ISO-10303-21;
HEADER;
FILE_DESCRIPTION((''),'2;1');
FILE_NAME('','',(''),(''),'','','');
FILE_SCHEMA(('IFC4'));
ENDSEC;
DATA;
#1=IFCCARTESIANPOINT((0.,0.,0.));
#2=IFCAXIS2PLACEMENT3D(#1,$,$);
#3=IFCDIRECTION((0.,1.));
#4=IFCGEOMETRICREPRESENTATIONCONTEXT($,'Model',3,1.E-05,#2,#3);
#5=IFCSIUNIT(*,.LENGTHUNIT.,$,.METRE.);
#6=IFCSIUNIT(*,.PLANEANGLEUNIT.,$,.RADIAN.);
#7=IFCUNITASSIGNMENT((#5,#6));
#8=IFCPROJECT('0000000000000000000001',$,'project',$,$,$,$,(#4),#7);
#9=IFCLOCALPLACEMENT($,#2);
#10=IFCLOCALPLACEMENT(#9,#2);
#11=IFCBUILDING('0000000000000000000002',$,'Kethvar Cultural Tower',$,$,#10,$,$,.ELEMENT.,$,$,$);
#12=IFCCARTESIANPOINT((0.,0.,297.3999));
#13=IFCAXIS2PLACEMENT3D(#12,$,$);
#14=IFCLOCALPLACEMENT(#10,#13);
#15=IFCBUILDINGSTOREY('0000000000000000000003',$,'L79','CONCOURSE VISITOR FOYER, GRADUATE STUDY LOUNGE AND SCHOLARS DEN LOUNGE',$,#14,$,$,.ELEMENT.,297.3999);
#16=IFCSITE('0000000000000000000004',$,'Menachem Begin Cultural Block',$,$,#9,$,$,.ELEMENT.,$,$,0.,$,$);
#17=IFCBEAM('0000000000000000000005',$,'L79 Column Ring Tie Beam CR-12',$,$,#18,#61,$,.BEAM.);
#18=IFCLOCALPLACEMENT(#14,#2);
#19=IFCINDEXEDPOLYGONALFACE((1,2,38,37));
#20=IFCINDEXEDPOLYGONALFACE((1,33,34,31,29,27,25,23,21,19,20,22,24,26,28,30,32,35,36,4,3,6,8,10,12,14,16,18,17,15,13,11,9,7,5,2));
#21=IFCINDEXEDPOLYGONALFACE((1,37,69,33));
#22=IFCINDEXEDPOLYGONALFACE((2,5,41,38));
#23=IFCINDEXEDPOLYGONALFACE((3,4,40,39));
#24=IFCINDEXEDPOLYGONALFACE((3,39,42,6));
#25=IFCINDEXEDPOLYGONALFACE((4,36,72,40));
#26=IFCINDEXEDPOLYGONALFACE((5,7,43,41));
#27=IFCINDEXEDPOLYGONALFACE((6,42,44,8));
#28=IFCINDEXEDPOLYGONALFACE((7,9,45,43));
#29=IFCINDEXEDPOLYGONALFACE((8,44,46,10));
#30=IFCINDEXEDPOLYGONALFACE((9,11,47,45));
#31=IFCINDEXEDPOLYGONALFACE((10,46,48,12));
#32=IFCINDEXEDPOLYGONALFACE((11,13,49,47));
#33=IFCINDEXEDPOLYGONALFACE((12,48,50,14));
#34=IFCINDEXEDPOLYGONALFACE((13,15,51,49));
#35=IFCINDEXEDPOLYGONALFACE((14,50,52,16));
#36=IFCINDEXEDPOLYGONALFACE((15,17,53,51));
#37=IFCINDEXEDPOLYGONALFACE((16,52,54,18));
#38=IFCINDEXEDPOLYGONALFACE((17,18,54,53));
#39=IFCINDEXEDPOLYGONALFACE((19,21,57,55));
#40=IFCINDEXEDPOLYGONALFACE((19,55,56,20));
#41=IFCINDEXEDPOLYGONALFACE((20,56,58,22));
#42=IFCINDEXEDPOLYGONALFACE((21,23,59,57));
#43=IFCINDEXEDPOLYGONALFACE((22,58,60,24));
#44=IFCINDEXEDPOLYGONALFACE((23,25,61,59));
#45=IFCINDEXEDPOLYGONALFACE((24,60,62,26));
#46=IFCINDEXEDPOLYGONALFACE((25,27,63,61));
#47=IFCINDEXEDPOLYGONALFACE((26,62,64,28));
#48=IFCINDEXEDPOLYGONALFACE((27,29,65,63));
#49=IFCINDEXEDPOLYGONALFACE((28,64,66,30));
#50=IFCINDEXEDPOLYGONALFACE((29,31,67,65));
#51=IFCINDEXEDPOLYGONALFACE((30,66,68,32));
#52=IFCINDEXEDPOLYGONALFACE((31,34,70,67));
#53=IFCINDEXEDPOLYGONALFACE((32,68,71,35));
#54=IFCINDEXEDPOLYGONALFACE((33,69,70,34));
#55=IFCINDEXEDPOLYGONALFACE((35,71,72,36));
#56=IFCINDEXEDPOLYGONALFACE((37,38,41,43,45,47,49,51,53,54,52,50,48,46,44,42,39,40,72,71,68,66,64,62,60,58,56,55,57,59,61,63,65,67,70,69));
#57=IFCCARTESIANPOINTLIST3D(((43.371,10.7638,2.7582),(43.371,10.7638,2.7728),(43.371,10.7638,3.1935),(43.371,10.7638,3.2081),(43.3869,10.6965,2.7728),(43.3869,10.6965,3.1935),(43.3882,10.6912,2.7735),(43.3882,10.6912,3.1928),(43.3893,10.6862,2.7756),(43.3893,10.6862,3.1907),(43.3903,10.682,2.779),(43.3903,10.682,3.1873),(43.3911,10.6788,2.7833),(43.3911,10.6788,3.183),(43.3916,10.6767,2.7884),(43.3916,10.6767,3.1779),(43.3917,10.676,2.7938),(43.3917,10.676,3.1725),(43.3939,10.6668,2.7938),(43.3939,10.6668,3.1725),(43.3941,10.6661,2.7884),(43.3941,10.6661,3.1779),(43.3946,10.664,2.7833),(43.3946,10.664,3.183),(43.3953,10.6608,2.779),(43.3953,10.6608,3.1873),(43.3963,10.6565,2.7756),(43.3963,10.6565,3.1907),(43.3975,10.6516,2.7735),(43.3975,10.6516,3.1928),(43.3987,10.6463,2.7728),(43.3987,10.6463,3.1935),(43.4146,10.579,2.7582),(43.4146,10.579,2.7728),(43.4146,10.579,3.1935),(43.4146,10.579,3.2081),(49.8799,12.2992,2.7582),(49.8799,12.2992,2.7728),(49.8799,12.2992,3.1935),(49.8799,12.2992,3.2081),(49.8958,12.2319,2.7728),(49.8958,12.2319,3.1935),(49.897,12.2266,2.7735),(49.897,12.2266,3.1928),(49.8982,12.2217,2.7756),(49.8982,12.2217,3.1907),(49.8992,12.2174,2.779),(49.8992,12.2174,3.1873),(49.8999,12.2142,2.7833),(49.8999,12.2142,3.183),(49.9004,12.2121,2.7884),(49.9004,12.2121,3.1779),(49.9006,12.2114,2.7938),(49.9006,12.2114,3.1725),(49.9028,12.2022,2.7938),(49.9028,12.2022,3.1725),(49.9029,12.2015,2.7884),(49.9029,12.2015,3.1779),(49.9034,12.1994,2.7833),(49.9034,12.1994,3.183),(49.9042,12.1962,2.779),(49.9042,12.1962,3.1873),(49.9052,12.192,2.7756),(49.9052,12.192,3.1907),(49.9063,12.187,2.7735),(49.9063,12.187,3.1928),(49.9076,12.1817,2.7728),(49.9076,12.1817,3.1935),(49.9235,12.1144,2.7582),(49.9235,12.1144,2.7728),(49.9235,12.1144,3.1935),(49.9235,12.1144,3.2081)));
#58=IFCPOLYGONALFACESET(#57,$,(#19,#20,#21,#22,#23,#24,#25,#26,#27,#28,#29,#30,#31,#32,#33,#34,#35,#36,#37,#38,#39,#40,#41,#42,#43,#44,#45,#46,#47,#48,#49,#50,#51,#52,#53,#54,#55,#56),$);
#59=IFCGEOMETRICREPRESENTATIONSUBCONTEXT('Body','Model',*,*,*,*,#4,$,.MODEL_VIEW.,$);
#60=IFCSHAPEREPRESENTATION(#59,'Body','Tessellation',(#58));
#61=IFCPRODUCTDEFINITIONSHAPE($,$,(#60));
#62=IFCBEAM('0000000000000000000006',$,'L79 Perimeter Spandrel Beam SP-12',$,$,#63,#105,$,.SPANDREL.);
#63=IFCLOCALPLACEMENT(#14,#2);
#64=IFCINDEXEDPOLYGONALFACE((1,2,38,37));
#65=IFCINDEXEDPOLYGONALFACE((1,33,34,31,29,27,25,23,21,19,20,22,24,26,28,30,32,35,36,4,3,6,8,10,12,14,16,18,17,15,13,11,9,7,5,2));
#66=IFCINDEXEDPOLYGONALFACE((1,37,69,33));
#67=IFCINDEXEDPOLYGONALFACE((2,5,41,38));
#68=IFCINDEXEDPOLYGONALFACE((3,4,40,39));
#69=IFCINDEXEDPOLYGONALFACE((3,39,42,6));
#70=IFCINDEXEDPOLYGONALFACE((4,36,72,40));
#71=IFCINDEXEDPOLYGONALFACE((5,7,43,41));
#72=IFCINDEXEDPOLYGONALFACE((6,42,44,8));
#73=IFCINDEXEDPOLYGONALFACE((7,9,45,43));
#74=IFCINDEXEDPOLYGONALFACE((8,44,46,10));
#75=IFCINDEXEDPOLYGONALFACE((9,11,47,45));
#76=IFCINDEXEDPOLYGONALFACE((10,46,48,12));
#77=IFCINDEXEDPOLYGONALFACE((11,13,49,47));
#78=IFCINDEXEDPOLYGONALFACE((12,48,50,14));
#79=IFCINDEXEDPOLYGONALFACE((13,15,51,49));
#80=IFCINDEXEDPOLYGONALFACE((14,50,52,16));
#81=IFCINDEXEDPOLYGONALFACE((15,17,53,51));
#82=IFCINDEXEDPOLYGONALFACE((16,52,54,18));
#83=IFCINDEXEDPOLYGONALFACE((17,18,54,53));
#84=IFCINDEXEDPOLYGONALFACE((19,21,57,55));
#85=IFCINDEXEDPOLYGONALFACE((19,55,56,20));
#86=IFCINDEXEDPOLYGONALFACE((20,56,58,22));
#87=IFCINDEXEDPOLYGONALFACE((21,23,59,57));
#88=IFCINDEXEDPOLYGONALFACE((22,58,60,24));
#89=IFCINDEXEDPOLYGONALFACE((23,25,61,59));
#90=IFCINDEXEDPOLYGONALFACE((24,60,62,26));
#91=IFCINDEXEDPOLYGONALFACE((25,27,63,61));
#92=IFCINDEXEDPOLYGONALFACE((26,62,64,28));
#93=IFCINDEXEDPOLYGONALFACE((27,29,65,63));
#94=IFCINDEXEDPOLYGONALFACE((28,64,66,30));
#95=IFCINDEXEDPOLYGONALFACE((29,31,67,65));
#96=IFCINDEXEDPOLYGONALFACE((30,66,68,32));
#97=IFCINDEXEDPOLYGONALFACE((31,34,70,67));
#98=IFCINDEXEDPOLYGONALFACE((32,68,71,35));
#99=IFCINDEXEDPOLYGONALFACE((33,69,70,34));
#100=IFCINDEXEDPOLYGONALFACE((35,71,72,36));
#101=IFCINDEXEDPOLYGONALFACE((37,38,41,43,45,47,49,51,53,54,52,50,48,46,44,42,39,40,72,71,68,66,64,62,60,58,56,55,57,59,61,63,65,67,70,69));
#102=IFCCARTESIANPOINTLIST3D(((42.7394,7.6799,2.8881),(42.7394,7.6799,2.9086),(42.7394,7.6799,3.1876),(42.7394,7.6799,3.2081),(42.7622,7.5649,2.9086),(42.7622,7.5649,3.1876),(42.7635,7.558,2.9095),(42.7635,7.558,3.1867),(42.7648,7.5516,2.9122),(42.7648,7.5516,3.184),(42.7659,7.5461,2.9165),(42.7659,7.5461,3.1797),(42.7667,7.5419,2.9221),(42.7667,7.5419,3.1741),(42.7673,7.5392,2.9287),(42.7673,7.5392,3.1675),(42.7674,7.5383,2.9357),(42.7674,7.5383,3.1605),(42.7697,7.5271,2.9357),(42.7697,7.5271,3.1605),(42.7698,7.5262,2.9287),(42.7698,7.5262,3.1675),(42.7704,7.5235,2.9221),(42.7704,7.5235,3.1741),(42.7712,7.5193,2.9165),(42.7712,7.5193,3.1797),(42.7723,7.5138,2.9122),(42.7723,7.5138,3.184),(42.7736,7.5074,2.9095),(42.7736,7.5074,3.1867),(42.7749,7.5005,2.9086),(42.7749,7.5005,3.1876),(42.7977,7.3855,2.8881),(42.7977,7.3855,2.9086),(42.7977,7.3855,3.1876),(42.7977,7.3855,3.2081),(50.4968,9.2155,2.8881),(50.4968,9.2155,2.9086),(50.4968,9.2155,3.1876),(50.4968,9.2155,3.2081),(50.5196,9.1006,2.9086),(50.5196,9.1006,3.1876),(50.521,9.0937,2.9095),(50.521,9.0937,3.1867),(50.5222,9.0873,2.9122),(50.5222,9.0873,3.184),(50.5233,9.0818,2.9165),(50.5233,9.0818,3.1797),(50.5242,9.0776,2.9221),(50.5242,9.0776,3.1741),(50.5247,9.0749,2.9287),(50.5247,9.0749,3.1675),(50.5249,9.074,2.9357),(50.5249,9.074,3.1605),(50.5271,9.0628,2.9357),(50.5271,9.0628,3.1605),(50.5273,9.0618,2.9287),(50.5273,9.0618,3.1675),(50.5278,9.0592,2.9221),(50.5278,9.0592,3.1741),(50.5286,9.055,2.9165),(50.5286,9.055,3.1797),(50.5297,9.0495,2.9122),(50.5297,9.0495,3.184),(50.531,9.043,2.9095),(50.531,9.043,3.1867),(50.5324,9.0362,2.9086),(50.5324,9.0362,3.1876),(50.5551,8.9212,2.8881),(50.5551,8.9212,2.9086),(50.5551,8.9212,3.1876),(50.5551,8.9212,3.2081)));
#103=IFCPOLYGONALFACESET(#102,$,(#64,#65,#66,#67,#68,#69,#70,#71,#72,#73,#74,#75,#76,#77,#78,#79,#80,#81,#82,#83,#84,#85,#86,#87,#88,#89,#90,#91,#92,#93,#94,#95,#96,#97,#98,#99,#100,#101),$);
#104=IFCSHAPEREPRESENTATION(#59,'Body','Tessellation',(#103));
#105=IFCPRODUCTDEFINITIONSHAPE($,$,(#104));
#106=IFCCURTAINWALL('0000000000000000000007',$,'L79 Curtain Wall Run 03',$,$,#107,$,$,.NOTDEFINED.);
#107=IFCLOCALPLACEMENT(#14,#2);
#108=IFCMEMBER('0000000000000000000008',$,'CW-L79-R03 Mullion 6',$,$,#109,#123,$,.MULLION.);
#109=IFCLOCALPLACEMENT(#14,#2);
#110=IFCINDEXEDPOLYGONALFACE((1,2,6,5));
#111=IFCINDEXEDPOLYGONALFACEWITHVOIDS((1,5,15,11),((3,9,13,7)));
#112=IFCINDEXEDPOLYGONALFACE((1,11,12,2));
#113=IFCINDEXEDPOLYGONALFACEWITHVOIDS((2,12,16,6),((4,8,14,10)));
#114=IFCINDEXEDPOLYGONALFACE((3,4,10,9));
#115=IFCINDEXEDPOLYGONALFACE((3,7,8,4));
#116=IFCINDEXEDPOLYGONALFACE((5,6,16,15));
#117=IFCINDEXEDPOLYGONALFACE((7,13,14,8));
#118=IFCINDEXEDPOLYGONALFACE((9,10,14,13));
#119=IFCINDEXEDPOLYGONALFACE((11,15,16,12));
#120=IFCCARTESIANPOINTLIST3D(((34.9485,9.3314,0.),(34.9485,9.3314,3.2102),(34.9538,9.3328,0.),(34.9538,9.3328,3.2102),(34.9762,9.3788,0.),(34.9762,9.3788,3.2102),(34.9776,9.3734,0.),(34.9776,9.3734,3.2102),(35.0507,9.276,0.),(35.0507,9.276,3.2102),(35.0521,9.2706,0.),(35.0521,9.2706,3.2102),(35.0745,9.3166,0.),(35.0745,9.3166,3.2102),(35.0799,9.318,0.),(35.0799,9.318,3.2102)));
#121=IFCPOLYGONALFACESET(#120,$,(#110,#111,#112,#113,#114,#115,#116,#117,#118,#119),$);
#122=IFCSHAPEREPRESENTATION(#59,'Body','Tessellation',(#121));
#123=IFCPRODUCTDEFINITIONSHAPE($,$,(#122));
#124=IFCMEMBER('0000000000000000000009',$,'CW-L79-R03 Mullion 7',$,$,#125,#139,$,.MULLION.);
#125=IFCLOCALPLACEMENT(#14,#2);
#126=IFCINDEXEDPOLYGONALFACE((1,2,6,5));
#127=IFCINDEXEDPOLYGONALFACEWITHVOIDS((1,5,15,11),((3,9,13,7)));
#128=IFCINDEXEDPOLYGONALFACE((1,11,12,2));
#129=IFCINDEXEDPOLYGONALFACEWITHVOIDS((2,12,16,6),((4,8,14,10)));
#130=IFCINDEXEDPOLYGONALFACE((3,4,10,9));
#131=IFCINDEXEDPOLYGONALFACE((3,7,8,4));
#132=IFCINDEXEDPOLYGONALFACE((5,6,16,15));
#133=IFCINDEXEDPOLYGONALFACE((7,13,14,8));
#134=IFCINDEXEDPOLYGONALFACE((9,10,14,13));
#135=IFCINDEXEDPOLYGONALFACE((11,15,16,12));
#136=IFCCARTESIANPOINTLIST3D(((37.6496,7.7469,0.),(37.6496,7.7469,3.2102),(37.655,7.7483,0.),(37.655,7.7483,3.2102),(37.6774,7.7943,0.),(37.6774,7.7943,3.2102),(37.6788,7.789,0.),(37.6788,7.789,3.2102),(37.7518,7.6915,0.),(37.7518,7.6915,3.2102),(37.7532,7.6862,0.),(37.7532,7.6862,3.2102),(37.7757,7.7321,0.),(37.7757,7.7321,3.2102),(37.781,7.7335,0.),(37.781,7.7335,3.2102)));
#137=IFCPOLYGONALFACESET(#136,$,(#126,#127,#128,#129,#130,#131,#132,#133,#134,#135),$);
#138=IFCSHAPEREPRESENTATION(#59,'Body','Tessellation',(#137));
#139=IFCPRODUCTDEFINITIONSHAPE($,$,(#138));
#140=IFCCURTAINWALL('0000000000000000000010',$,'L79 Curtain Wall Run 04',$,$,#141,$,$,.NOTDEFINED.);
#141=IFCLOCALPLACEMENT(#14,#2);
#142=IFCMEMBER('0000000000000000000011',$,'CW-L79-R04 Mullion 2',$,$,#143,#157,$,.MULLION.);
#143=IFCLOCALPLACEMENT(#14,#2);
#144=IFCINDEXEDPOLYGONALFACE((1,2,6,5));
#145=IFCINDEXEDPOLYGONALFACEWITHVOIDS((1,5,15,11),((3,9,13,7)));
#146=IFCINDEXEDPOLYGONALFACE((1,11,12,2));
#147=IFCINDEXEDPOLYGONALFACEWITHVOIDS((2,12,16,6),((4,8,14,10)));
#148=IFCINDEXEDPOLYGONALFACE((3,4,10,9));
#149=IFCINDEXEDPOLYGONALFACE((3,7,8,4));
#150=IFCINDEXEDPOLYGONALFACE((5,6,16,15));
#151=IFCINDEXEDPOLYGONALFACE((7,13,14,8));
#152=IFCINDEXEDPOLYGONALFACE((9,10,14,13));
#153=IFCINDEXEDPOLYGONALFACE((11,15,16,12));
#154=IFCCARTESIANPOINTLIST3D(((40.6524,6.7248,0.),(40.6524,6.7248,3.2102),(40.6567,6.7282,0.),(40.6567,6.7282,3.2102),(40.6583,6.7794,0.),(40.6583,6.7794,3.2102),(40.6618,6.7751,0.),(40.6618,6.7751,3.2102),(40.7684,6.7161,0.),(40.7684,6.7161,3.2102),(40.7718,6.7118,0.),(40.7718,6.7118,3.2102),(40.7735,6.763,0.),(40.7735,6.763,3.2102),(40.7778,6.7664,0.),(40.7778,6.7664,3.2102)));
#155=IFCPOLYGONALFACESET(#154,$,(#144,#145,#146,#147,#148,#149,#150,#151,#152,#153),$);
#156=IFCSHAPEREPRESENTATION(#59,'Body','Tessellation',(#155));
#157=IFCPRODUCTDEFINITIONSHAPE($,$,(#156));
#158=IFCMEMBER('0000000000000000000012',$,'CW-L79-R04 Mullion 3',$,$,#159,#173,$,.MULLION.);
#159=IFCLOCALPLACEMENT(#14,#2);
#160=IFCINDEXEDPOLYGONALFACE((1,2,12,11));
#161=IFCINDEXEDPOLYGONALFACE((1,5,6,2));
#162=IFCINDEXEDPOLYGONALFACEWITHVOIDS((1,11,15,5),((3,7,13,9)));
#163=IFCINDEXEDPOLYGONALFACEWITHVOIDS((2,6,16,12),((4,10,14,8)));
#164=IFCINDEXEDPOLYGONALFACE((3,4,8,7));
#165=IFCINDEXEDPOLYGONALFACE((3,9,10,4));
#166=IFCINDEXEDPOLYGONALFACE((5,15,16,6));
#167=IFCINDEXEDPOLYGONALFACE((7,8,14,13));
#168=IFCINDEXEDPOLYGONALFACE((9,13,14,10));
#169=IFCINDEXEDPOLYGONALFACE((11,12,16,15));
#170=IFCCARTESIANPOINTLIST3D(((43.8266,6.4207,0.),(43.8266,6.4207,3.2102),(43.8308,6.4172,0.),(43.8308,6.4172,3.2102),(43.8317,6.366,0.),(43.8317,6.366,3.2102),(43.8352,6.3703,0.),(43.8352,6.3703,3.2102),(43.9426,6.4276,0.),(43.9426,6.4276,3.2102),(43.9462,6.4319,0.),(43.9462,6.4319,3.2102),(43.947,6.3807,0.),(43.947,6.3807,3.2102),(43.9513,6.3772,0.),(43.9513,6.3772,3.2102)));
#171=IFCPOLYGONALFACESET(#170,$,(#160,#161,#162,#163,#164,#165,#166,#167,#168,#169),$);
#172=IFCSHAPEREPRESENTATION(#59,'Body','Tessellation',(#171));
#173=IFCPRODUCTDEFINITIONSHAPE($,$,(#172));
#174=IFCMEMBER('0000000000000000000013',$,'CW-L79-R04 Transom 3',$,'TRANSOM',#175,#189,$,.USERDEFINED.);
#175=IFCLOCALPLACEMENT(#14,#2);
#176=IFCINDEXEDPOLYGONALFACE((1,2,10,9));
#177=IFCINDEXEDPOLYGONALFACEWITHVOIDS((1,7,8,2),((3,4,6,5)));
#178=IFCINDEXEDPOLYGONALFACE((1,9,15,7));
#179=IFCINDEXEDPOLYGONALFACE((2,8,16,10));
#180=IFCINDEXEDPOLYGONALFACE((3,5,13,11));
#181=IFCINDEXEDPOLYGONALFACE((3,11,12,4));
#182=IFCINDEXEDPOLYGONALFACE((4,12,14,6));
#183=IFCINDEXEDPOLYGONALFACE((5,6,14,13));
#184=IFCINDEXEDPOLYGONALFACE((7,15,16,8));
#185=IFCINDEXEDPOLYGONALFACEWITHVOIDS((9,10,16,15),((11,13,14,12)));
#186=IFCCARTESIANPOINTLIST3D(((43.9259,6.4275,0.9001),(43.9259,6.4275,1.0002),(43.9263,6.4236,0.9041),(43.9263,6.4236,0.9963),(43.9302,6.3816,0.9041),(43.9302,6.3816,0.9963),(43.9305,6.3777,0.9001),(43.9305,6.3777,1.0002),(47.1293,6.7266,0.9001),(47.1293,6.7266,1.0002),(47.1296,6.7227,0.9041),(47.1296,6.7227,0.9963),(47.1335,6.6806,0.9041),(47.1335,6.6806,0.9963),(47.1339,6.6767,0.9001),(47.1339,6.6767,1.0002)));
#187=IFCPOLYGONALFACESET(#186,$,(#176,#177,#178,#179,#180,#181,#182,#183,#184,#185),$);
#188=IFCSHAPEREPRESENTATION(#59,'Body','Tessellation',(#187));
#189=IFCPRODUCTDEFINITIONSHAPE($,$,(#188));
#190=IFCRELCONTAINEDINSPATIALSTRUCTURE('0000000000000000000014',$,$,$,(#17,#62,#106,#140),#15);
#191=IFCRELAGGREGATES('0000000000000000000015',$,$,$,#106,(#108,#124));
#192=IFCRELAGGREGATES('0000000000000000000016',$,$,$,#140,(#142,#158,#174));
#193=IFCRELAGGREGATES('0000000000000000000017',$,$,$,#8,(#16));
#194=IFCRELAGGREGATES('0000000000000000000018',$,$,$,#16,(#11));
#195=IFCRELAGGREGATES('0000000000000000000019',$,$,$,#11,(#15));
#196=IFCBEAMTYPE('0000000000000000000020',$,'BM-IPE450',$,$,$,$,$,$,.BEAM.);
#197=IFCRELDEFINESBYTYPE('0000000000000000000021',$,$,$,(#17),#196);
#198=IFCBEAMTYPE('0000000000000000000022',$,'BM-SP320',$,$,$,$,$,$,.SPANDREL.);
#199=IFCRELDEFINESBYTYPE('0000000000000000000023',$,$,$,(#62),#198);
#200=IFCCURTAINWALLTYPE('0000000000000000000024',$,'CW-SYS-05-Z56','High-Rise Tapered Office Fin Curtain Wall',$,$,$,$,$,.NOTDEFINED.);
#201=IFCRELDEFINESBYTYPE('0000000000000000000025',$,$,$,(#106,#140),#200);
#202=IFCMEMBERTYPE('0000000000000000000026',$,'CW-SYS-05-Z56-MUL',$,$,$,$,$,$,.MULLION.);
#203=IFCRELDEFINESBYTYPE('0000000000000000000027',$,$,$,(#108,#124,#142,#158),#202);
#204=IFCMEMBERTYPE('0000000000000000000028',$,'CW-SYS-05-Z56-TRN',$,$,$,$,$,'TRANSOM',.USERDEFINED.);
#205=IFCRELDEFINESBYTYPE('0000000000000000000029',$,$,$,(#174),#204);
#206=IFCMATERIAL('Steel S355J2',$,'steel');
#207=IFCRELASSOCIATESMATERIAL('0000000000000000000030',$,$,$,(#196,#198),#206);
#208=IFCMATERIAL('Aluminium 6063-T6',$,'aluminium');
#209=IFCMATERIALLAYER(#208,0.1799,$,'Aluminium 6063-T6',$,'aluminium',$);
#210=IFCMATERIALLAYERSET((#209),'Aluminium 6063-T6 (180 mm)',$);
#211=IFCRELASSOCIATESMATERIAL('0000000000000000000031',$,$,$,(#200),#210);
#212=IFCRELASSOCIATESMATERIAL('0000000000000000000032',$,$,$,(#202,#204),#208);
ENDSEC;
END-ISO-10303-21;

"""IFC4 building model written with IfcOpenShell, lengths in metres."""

from ifc_helpers import new_model, si_unit, direction, frame, origin, origin_2d, place, context, subcontext, project, spatial, hollow_rectangle, i_section, extrude, source, transform, mapped, material, layer, layer_set, material_profile, profile_set, type_object, element, aggregate, save


model = new_model("IFC4")

# Units and contexts
model_context = context("Model", 3, precision=1e-05, world=origin(), true_north=direction((0.0, 1.0)))
body_context = subcontext(model_context, "Body", "Model", "MODEL_VIEW")
ifc_project = project(units=[si_unit("LENGTHUNIT", "METRE"), si_unit("PLANEANGLEUNIT", "RADIAN")], contexts=[model_context])

# Site, building, storey
site_placement = place(None, origin())
site = spatial("IfcSite", under=ifc_project, at=site_placement, Name="Menachem Begin Cultural Block", CompositionType="ELEMENT", RefElevation=0.0)
building_placement = place(site_placement, origin())
building = spatial("IfcBuilding", under=site, at=building_placement, Name="Kethvar Cultural Tower", CompositionType="ELEMENT")
storey_placement = place(building_placement, frame((0.0, 0.0, 297.3999)))
storey = spatial("IfcBuildingStorey", under=building, at=storey_placement, Name="L79", Description="CONCOURSE VISITOR FOYER, GRADUATE STUDY LOUNGE AND SCHOLARS DEN LOUNGE", CompositionType="ELEMENT", Elevation=297.3999)

# Shared definitions
ifc_material_1 = material(Name="Steel S355J2", Category="steel")

# Beams
ifc_material_profile_1 = material_profile(ifc_material_1, i_section(OverallWidth=0.1899, OverallDepth=0.45, WebThickness=0.0095, FlangeThickness=0.0146, FilletRadius=0.021, at=origin_2d()), Name="Steel S355J2 — IPE450")
ifc_profile_set_1 = profile_set([ifc_material_profile_1], Name="Steel S355J2 — IPE450")
beam_type_1 = type_object("IfcBeamType", Name="BM-IPE450", PredefinedType="BEAM", material=ifc_profile_set_1)
ifc_material_profile_2 = material_profile(ifc_material_1, i_section(OverallWidth=0.3, OverallDepth=0.3201, WebThickness=0.0115, FlangeThickness=0.0205, FilletRadius=0.0271, at=origin_2d()), Name="Steel S355J2 — HEB320")
ifc_profile_set_2 = profile_set([ifc_material_profile_2], Name="Steel S355J2 — HEB320")
beam_type_2 = type_object("IfcBeamType", Name="BM-SP320", PredefinedType="SPANDREL", material=ifc_profile_set_2)
shared_shape_1 = source(origin(), body_context, "Body", "SweptSolid", [
    extrude(i_section(OverallWidth=0.1899, OverallDepth=0.45, WebThickness=0.0095, FlangeThickness=0.0146, FilletRadius=0.021, at=origin_2d()), origin(), (0.0, 0.0, 1.0), 6.6875),
])
beam_1_placement = place(storey_placement, frame((43.3928, 10.6714, 2.9832), z_axis=(0.973286, 0.229595, 0.0), x_axis=(-0.229595, 0.973286, 0.0)))
element("IfcBeam", 1, at=beam_1_placement, inside=storey, type_object=beam_type_1, Name="L79 Column Ring Tie Beam CR-12", PredefinedType="BEAM", context=body_context, shape_type="MappedRepresentation", body=[
    mapped(shared_shape_1, transform((0.0, 0.0, 0.0), scale=1.0)),
])
shared_shape_2 = source(origin(), body_context, "Body", "SweptSolid", [
    extrude(i_section(OverallWidth=0.3, OverallDepth=0.3201, WebThickness=0.0115, FlangeThickness=0.0205, FilletRadius=0.0271, at=origin_2d()), origin(), (0.0, 0.0, 1.0), 7.908),
])
beam_2_placement = place(storey_placement, frame((42.7686, 7.5327, 3.0481), z_axis=(0.980964, 0.194192, 0.0), x_axis=(-0.194192, 0.980964, 0.0)))
element("IfcBeam", 2, at=beam_2_placement, inside=storey, type_object=beam_type_2, Name="L79 Perimeter Spandrel Beam SP-12", PredefinedType="SPANDREL", context=body_context, shape_type="MappedRepresentation", body=[
    mapped(shared_shape_2, transform((0.0, 0.0, 0.0), scale=1.0)),
])

# Curtain walls, members
ifc_material_2 = material(Name="Aluminium 6063-T6", Category="aluminium")
ifc_layer_1 = layer(ifc_material_2, 0.1799, Name="Aluminium 6063-T6", Category="aluminium")
ifc_layer_set_1 = layer_set([ifc_layer_1], Name="Aluminium 6063-T6 (180 mm)")
curtain_wall_type = type_object("IfcCurtainWallType", Name="CW-SYS-05-Z56", Description="High-Rise Tapered Office Fin Curtain Wall", PredefinedType="NOTDEFINED", material=ifc_layer_set_1)
curtain_wall_1_placement = place(storey_placement, origin())
curtain_wall_1 = element("IfcCurtainWall", 3, at=curtain_wall_1_placement, inside=storey, type_object=curtain_wall_type, Name="L79 Curtain Wall Run 03", PredefinedType="NOTDEFINED")
ifc_material_profile_3 = material_profile(ifc_material_2, hollow_rectangle(XDim=0.0549, YDim=0.1201, WallThickness=0.0039, at=origin_2d()), Name="Aluminium 6063-T6 — RHS120x55x4")
ifc_profile_set_3 = profile_set([ifc_material_profile_3], Name="Aluminium 6063-T6 — RHS120x55x4")
member_type_1 = type_object("IfcMemberType", Name="CW-SYS-05-Z56-MUL", PredefinedType="MULLION", material=ifc_profile_set_3)
shared_shape_3 = source(origin(), body_context, "Body", "SweptSolid", [
    extrude(hollow_rectangle(XDim=0.0549, YDim=0.1201, WallThickness=0.0039, at=origin_2d()), origin(), (0.0, 0.0, 1.0), 3.2102),
])
member_1_placement = place(storey_placement, frame((35.0142, 9.3247, 0.0), z_axis=(0.0, 0.0, 1.0), x_axis=(0.505913, 0.862584, 0.0)))
member_1 = element("IfcMember", 4, at=member_1_placement, type_object=member_type_1, Name="CW-L79-R03 Mullion 6", PredefinedType="MULLION", context=body_context, shape_type="MappedRepresentation", body=[
    mapped(shared_shape_3, transform((0.0, 0.0, 0.0), scale=1.0)),
])
member_2_placement = place(storey_placement, frame((37.7153, 7.7402, 0.0), z_axis=(0.0, 0.0, 1.0), x_axis=(0.505913, 0.862584, 0.0)))
member_2 = element("IfcMember", 5, at=member_2_placement, type_object=member_type_1, Name="CW-L79-R03 Mullion 7", PredefinedType="MULLION", context=body_context, shape_type="MappedRepresentation", body=[
    mapped(shared_shape_3, transform((0.0, 0.0, 0.0), scale=1.0)),
])
curtain_wall_2_placement = place(storey_placement, origin())
curtain_wall_2 = element("IfcCurtainWall", 6, at=curtain_wall_2_placement, inside=storey, type_object=curtain_wall_type, Name="L79 Curtain Wall Run 04", PredefinedType="NOTDEFINED")
member_3_placement = place(storey_placement, frame((40.7151, 6.7456, 0.0), z_axis=(0.0, 0.0, 1.0), x_axis=(0.107982, 0.994153, 0.0)))
member_3 = element("IfcMember", 7, at=member_3_placement, type_object=member_type_1, Name="CW-L79-R04 Mullion 2", PredefinedType="MULLION", context=body_context, shape_type="MappedRepresentation", body=[
    mapped(shared_shape_3, transform((0.0, 0.0, 0.0), scale=1.0)),
])
member_4_placement = place(storey_placement, frame((43.8889, 6.3989, 0.0), z_axis=(0.0, 0.0, 1.0), x_axis=(-0.092927, 0.995673, 0.0)))
member_4 = element("IfcMember", 8, at=member_4_placement, type_object=member_type_1, Name="CW-L79-R04 Mullion 3", PredefinedType="MULLION", context=body_context, shape_type="MappedRepresentation", body=[
    mapped(shared_shape_3, transform((0.0, 0.0, 0.0), scale=1.0)),
])
ifc_material_profile_4 = material_profile(ifc_material_2, hollow_rectangle(XDim=0.05, YDim=0.1001, WallThickness=0.0039, at=origin_2d()), Name="Aluminium 6063-T6 — RHS100x50x4")
ifc_profile_set_4 = profile_set([ifc_material_profile_4], Name="Aluminium 6063-T6 — RHS100x50x4")
member_type_2 = type_object("IfcMemberType", Name="CW-SYS-05-Z56-TRN", ElementType="TRANSOM", PredefinedType="USERDEFINED", material=ifc_profile_set_4)
shared_shape_4 = source(origin(), body_context, "Body", "SweptSolid", [
    extrude(hollow_rectangle(XDim=0.05, YDim=0.1001, WallThickness=0.0039, at=origin_2d()), origin(), (0.0, 0.0, 1.0), 3.2173),
])
member_5_placement = place(storey_placement, frame((43.9282, 6.4026, 0.9502), z_axis=(0.99567, 0.092958, 0.0), x_axis=(-0.092958, 0.99567, 0.0)))
member_5 = element("IfcMember", 9, at=member_5_placement, type_object=member_type_2, Name="CW-L79-R04 Transom 3", ObjectType="TRANSOM", PredefinedType="USERDEFINED", context=body_context, shape_type="MappedRepresentation", body=[
    mapped(shared_shape_4, transform((0.0, 0.0, 0.0), scale=1.0)),
])

aggregate(curtain_wall_1, [member_1, member_2])
aggregate(curtain_wall_2, [member_3, member_4, member_5])

save(model, "model.ifc")
